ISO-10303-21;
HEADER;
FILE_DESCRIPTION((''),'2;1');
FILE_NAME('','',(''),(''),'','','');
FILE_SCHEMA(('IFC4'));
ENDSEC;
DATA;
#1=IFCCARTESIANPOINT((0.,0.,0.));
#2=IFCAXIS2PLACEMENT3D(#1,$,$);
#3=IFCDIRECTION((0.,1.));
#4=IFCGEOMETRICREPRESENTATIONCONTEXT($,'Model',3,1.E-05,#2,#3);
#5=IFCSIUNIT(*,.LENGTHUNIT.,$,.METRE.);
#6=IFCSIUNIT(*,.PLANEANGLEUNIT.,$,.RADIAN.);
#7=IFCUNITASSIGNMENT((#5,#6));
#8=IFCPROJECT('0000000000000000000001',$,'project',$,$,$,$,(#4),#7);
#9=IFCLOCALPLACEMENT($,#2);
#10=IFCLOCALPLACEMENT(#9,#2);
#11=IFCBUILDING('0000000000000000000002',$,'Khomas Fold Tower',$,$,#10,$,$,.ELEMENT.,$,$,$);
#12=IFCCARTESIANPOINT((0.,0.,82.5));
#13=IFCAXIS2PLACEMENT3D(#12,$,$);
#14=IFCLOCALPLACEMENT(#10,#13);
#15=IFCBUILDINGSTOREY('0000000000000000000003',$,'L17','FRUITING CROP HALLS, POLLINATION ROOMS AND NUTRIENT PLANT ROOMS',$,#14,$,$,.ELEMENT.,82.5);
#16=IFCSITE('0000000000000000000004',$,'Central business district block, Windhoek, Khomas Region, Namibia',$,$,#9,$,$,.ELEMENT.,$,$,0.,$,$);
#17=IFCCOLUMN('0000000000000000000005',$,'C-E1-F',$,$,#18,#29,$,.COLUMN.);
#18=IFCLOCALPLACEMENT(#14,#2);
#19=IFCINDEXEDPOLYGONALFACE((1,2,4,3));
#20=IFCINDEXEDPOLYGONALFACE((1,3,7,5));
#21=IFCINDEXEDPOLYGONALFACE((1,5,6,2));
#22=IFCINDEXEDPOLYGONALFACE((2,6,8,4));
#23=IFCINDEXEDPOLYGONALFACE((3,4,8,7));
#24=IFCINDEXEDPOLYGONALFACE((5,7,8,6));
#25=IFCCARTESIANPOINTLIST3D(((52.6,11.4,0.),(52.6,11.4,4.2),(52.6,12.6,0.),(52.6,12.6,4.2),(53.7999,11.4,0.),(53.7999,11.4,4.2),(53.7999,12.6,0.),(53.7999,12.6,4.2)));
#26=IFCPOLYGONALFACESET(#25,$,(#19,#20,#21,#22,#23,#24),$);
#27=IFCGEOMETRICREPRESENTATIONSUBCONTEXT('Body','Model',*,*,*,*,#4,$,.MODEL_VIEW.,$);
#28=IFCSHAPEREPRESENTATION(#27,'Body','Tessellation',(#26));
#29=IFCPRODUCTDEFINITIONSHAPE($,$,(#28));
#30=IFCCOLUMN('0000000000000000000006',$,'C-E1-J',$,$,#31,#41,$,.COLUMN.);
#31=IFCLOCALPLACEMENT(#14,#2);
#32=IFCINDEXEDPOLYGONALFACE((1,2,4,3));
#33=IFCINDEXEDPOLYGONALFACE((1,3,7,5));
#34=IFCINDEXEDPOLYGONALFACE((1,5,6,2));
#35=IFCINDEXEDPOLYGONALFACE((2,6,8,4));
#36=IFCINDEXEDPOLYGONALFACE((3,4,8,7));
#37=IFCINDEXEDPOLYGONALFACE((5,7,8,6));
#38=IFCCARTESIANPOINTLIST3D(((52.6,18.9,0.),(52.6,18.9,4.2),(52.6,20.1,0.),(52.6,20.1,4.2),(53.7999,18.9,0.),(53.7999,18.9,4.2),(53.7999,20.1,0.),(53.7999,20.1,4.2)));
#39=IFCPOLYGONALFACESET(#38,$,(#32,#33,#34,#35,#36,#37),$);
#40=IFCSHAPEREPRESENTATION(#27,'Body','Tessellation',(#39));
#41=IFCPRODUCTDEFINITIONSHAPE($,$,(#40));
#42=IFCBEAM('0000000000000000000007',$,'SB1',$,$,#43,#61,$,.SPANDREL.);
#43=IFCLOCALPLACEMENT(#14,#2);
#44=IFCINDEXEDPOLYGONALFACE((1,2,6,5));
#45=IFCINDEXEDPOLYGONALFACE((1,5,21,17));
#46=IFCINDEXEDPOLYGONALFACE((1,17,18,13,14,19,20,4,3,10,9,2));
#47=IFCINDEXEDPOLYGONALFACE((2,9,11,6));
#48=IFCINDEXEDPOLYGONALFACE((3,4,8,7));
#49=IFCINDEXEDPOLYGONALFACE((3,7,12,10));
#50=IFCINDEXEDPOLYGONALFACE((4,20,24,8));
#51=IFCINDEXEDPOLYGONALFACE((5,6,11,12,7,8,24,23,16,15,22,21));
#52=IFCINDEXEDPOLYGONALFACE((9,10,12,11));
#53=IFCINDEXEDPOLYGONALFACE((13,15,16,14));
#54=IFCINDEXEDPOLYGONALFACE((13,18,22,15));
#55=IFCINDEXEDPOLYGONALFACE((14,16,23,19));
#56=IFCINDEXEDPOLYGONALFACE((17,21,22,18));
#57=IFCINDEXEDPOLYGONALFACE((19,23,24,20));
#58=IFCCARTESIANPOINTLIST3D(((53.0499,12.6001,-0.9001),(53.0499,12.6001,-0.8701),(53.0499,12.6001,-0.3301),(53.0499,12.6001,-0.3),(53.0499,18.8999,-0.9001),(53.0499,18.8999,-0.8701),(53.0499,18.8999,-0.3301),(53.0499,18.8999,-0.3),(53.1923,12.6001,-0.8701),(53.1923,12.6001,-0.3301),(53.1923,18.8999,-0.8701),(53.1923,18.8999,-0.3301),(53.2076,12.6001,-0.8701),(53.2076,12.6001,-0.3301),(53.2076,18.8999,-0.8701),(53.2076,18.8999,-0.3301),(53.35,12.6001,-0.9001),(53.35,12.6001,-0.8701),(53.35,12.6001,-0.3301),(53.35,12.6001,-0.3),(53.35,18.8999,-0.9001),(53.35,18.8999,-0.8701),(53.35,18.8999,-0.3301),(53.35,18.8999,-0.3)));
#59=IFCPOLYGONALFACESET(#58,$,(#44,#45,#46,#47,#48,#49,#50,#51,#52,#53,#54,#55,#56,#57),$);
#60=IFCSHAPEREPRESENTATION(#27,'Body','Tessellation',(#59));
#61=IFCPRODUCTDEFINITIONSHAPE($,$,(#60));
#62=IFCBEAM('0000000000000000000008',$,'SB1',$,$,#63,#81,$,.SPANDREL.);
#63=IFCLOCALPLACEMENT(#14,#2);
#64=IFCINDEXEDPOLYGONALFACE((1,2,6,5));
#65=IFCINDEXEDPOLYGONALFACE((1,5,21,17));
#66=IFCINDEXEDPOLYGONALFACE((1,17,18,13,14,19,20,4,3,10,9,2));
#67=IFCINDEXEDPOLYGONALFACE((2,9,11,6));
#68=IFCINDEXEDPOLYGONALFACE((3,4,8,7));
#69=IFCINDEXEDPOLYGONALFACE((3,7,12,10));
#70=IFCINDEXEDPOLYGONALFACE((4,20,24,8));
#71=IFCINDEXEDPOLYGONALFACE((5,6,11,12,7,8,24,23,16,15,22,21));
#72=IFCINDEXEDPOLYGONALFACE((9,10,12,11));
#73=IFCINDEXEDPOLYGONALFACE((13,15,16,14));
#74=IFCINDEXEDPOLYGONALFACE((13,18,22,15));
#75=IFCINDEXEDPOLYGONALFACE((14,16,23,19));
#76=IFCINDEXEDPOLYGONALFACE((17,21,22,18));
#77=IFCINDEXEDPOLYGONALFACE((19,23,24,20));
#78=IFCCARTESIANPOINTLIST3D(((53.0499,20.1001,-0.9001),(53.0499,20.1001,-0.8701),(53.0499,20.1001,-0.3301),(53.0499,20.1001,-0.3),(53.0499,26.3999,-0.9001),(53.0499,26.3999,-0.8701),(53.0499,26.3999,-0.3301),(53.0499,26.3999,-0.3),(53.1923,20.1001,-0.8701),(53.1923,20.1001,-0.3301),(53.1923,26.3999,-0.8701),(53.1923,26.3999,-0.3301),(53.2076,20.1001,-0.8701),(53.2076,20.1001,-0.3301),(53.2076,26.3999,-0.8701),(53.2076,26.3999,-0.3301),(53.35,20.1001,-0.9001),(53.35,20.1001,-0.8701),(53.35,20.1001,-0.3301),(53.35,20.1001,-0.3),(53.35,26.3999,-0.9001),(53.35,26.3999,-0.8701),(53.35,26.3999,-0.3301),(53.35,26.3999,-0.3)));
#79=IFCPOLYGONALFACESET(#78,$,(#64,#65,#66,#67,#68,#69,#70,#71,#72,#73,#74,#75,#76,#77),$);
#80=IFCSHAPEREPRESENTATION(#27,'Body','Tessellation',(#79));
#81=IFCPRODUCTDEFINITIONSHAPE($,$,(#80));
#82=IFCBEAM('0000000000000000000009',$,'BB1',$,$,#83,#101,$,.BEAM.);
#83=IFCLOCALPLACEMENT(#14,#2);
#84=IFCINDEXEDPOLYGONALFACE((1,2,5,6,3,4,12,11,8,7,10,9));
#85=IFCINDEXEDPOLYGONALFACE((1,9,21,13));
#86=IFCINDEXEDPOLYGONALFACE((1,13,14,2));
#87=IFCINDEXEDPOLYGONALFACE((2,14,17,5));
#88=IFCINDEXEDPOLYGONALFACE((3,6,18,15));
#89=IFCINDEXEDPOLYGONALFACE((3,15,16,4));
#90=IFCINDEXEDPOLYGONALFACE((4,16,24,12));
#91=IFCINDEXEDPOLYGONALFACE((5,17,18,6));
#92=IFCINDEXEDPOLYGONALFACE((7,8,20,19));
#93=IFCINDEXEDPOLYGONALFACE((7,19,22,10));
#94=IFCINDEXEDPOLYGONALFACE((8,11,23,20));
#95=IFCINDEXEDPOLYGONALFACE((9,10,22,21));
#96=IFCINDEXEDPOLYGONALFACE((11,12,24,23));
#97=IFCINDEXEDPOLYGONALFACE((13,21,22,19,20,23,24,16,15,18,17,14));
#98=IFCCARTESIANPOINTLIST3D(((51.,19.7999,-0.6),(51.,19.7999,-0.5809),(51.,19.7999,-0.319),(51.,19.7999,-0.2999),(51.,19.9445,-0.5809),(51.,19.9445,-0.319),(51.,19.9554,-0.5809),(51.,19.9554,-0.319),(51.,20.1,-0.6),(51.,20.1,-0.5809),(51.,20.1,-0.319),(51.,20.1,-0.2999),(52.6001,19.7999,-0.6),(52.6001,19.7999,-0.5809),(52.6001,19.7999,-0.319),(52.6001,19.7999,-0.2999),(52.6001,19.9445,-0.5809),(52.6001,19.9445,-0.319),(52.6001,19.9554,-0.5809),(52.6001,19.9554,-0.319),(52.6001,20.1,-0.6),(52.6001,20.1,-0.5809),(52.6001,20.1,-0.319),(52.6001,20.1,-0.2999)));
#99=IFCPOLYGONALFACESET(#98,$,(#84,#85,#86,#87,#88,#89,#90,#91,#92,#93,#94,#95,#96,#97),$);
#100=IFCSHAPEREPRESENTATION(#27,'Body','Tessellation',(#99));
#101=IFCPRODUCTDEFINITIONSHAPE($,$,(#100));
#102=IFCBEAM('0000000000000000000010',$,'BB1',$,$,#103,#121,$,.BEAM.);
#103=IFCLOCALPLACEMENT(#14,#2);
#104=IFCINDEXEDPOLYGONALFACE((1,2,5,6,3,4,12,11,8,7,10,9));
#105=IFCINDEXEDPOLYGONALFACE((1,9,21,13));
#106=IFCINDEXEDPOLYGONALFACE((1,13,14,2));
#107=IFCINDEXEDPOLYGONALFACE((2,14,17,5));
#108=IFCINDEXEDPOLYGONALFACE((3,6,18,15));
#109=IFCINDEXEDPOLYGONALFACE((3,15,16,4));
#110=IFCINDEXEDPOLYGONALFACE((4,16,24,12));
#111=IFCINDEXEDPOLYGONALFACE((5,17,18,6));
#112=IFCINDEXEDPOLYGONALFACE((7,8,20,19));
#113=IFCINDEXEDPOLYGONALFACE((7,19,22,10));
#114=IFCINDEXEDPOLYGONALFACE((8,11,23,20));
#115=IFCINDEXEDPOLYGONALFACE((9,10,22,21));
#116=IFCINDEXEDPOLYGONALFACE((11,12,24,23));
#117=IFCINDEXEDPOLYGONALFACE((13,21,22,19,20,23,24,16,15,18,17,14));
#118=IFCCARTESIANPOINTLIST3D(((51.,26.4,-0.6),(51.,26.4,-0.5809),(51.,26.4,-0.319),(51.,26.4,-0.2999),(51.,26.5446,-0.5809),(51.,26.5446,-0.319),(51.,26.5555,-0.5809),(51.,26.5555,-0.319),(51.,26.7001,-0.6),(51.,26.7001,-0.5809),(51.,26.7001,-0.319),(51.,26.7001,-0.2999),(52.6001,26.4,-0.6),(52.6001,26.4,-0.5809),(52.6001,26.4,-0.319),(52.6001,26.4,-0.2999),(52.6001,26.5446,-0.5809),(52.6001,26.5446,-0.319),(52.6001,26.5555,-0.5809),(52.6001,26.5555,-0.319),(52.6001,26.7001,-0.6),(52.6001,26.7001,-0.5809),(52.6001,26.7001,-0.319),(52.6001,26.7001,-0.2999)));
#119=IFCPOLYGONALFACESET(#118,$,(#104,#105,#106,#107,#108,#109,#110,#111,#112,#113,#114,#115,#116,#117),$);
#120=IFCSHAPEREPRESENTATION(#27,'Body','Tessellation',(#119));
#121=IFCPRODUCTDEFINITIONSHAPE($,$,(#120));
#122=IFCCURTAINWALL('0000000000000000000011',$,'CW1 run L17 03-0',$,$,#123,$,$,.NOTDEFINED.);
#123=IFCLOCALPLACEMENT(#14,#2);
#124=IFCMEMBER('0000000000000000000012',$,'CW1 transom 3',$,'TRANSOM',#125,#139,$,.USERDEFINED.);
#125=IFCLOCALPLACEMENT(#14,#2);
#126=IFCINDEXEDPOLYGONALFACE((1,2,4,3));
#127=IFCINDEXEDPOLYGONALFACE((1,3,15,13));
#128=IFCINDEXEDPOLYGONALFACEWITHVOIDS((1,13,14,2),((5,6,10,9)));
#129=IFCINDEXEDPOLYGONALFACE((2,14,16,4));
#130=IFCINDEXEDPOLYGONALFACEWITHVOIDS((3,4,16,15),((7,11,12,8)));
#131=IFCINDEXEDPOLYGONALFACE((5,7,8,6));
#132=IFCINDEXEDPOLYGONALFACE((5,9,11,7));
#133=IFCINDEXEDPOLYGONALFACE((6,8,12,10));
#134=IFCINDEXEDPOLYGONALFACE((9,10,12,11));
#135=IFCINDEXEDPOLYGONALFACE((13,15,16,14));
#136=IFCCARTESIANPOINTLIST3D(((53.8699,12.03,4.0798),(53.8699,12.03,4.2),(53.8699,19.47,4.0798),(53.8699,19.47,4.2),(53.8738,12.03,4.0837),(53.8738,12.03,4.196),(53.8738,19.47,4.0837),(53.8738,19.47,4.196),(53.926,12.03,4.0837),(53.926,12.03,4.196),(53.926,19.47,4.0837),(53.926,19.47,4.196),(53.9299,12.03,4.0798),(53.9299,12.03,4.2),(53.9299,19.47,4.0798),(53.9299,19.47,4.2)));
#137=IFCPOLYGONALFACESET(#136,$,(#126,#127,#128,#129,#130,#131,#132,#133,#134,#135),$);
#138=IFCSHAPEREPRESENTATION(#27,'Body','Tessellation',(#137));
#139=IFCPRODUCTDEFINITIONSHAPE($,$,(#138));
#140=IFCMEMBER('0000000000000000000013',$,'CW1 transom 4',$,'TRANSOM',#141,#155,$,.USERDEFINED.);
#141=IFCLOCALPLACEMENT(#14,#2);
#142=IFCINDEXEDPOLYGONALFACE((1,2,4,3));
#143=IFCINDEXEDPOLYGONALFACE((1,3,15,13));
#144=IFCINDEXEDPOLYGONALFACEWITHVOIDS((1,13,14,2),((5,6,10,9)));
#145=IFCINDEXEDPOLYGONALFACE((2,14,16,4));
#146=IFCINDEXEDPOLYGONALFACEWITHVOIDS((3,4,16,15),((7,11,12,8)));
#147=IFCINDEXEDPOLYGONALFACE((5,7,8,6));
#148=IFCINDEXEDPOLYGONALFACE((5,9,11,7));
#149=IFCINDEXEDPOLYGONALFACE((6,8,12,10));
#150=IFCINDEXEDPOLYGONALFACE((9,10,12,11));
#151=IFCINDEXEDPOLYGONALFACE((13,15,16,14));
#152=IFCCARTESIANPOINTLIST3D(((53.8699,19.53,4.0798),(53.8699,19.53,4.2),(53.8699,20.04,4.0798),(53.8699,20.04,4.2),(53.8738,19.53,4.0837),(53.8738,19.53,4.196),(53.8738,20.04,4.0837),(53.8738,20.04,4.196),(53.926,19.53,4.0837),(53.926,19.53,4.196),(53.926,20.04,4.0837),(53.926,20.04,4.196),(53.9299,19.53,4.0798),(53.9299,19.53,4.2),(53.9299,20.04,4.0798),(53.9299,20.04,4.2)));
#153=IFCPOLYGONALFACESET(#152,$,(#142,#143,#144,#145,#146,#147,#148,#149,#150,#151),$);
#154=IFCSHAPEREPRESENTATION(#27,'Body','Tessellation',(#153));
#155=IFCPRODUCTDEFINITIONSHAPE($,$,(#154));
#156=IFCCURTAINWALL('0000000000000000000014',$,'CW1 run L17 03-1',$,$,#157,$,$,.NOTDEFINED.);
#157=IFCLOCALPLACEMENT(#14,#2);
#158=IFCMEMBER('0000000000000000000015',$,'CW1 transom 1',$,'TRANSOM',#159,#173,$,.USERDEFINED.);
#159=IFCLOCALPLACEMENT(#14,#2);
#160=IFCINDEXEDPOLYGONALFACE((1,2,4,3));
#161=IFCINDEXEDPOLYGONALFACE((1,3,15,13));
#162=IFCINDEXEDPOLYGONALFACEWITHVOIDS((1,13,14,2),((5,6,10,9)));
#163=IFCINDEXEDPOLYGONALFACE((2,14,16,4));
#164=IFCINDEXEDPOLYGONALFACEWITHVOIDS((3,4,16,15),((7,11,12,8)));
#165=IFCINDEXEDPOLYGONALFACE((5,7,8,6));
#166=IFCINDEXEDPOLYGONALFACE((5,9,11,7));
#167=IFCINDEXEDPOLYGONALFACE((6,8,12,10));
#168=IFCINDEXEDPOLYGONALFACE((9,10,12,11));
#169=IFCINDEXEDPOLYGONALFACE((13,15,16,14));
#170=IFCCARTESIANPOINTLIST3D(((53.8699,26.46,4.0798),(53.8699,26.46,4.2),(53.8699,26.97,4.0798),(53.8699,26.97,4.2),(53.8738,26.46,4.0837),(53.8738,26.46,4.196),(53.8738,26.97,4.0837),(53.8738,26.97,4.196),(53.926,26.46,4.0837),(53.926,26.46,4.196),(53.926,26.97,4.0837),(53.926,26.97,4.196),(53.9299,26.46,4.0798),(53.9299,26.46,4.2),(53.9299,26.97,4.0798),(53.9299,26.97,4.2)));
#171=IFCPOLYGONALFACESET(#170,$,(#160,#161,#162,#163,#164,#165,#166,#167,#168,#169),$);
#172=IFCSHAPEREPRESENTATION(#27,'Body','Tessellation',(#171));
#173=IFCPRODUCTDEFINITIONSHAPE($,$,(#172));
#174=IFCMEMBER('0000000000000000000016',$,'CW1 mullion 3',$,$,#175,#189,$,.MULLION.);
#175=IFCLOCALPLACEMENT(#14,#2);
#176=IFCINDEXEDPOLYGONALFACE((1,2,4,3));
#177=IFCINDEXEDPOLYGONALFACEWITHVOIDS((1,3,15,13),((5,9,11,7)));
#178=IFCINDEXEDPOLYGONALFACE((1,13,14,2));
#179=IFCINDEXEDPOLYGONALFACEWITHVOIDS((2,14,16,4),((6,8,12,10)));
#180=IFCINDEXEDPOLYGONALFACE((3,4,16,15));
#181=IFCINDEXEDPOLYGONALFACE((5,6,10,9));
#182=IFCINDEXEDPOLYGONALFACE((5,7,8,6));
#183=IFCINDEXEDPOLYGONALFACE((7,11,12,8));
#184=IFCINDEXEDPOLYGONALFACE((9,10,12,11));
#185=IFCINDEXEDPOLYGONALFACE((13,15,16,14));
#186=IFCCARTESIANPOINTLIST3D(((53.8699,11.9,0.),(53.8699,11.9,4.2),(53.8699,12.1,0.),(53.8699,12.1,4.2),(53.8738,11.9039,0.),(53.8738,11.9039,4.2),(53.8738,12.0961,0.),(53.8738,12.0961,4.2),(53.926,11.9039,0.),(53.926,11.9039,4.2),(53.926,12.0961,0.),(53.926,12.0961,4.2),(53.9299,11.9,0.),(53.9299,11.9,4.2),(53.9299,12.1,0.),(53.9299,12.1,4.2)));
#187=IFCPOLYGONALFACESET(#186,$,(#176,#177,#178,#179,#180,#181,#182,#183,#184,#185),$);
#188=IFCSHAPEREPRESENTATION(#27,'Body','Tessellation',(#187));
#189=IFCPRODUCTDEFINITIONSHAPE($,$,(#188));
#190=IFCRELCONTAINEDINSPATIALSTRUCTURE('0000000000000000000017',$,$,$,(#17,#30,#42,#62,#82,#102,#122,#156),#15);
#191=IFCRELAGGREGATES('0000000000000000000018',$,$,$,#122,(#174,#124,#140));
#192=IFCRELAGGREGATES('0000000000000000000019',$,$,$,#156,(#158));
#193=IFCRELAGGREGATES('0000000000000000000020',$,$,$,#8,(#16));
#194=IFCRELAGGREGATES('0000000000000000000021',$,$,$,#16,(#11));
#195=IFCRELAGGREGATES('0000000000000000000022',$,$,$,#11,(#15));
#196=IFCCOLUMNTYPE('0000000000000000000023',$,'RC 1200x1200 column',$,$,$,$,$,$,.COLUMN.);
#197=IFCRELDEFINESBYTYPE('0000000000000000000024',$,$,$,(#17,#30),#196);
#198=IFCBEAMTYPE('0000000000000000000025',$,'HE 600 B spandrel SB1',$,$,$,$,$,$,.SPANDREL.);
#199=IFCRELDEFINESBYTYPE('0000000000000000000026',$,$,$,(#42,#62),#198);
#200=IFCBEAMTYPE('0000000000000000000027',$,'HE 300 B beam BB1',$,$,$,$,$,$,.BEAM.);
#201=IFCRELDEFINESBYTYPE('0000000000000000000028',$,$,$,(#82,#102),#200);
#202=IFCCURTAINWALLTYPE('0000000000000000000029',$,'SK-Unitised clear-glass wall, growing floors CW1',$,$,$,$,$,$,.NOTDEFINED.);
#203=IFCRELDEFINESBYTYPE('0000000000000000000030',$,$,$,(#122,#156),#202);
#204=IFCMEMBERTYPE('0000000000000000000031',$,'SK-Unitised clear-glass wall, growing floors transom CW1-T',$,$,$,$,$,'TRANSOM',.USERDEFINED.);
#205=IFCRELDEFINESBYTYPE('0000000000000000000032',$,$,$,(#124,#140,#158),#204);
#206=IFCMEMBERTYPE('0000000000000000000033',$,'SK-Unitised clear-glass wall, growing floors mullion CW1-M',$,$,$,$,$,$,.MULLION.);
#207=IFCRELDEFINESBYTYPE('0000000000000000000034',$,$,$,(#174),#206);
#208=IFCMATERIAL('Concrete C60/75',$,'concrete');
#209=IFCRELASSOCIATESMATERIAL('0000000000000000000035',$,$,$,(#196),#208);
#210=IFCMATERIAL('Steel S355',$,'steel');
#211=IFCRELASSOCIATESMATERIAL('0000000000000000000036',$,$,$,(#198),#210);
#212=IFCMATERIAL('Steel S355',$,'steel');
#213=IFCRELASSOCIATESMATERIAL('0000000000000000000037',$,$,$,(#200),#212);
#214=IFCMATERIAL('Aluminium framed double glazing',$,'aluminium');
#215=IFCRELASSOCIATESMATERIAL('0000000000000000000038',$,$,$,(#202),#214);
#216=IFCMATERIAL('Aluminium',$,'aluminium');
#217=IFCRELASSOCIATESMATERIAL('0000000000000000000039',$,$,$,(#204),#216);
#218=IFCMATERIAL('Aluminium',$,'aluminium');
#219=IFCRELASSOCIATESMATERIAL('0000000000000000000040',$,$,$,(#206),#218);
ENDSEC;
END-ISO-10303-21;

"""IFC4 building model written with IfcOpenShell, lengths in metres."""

from ifc_helpers import new_model, si_unit, direction, frame, origin, origin_2d, place, context, subcontext, project, spatial, rectangle, hollow_rectangle, i_section, extrude, source, transform, mapped, material, material_profile, profile_set, type_object, element, aggregate, save


model = new_model("IFC4")

# Units and contexts
model_context = context("Model", 3, precision=1e-05, world=origin(), true_north=direction((0.0, 1.0)))
body_context = subcontext(model_context, "Body", "Model", "MODEL_VIEW")
ifc_project = project(units=[si_unit("LENGTHUNIT", "METRE"), si_unit("PLANEANGLEUNIT", "RADIAN")], contexts=[model_context])

# Site, building, storey
site_placement = place(None, origin())
site = spatial("IfcSite", under=ifc_project, at=site_placement, Name="Central business district block, Windhoek, Khomas Region, Namibia", CompositionType="ELEMENT", RefElevation=0.0)
building_placement = place(site_placement, origin())
building = spatial("IfcBuilding", under=site, at=building_placement, Name="Khomas Fold Tower", CompositionType="ELEMENT")
storey_placement = place(building_placement, frame((0.0, 0.0, 82.5)))
storey = spatial("IfcBuildingStorey", under=building, at=storey_placement, Name="L17", Description="FRUITING CROP HALLS, POLLINATION ROOMS AND NUTRIENT PLANT ROOMS", CompositionType="ELEMENT", Elevation=82.5)

# Columns
ifc_material_1 = material(Name="Concrete C60/75", Category="concrete")
ifc_material_profile_1 = material_profile(ifc_material_1, rectangle(XDim=1.2, YDim=1.2, at=origin_2d()), Name="RC 1200x1200")
ifc_profile_set_1 = profile_set([ifc_material_profile_1], Name="Concrete C60/75")
column_type = type_object("IfcColumnType", Name="RC 1200x1200 column", PredefinedType="COLUMN", material=ifc_profile_set_1)
shared_shape_1 = source(origin(), body_context, "Body", "SweptSolid", [
    extrude(rectangle(XDim=1.2, YDim=1.2, at=origin_2d()), origin(), (0.0, 0.0, 1.0), 4.2),
])
for number, where, z_axis, x_axis, name in (
    (1, (53.2, 12.0, 0.0), (0.0, 0.0, 1.0), (1.0, 0.0, 0.0), "C-E1-F"),
    (2, (53.2, 19.5, 0.0), (0.0, 0.0, 1.0), (1.0, 0.0, 0.0), "C-E1-J"),
):
    element("IfcColumn", number, at=place(storey_placement, frame(where, z_axis=z_axis, x_axis=x_axis)), inside=storey, type_object=column_type, Name=name, PredefinedType="COLUMN", context=body_context, shape_type="MappedRepresentation", body=[
        mapped(shared_shape_1, transform((0.0, 0.0, 0.0))),
    ])

# Beams
ifc_material_2 = material(Name="Steel S355", Category="steel")
ifc_material_profile_2 = material_profile(ifc_material_2, i_section(OverallWidth=0.3, OverallDepth=0.6001, WebThickness=0.0154, FlangeThickness=0.03, at=origin_2d()), Name="HE 600 B")
ifc_profile_set_2 = profile_set([ifc_material_profile_2], Name="Steel S355")
beam_type_1 = type_object("IfcBeamType", Name="HE 600 B spandrel SB1", PredefinedType="SPANDREL", material=ifc_profile_set_2)
shared_shape_2 = source(origin(), body_context, "Body", "SweptSolid", [
    extrude(i_section(OverallWidth=0.3, OverallDepth=0.6001, WebThickness=0.0154, FlangeThickness=0.03, at=origin_2d()), origin(), (0.0, 0.0, 1.0), 6.2998),
])
for number, where, z_axis, x_axis, name in (
    (3, (53.2, 12.6001, -0.6001), (0.0, 1.0, 0.0), (-1.0, 0.0, 0.0), "SB1"),
    (4, (53.2, 20.1001, -0.6001), (0.0, 1.0, 0.0), (-1.0, 0.0, 0.0), "SB1"),
):
    element("IfcBeam", number, at=place(storey_placement, frame(where, z_axis=z_axis, x_axis=x_axis)), inside=storey, type_object=beam_type_1, Name=name, PredefinedType="SPANDREL", context=body_context, shape_type="MappedRepresentation", body=[
        mapped(shared_shape_2, transform((0.0, 0.0, 0.0))),
    ])
ifc_material_3 = material(Name="Steel S355", Category="steel")
ifc_material_profile_3 = material_profile(ifc_material_3, i_section(OverallWidth=0.3, OverallDepth=0.3, WebThickness=0.011, FlangeThickness=0.019, at=origin_2d()), Name="HE 300 B")
ifc_profile_set_3 = profile_set([ifc_material_profile_3], Name="Steel S355")
beam_type_2 = type_object("IfcBeamType", Name="HE 300 B beam BB1", PredefinedType="BEAM", material=ifc_profile_set_3)
shared_shape_3 = source(origin(), body_context, "Body", "SweptSolid", [
    extrude(i_section(OverallWidth=0.3, OverallDepth=0.3, WebThickness=0.011, FlangeThickness=0.019, at=origin_2d()), origin(), (0.0, 0.0, 1.0), 1.6001),
])
for number, where, z_axis, x_axis, name in (
    (5, (51.0, 19.95, -0.45), (1.0, 0.0, 0.0), (0.0, 1.0, 0.0), "BB1"),
    (6, (51.0, 26.55, -0.45), (1.0, 0.0, 0.0), (0.0, 1.0, 0.0), "BB1"),
):
    element("IfcBeam", number, at=place(storey_placement, frame(where, z_axis=z_axis, x_axis=x_axis)), inside=storey, type_object=beam_type_2, Name=name, PredefinedType="BEAM", context=body_context, shape_type="MappedRepresentation", body=[
        mapped(shared_shape_3, transform((0.0, 0.0, 0.0))),
    ])

# Curtain wall, members
ifc_material_4 = material(Name="Aluminium framed double glazing", Category="aluminium")
curtain_wall_type = type_object("IfcCurtainWallType", Name="SK-Unitised clear-glass wall, growing floors CW1", PredefinedType="NOTDEFINED", material=ifc_material_4)
curtain_wall_1_placement = place(storey_placement, origin())
curtain_wall_1 = element("IfcCurtainWall", 7, at=curtain_wall_1_placement, inside=storey, type_object=curtain_wall_type, Name="CW1 run L17 03-0", PredefinedType="NOTDEFINED")
ifc_material_5 = material(Name="Aluminium", Category="aluminium")
ifc_material_profile_4 = material_profile(ifc_material_5, hollow_rectangle(XDim=0.0601, YDim=0.1201, WallThickness=0.0039, at=origin_2d()), Name="SK-Unitised clear-glass wall, growing floors transom CW1-T")
ifc_profile_set_4 = profile_set([ifc_material_profile_4], Name="Aluminium")
member_type_1 = type_object("IfcMemberType", Name="SK-Unitised clear-glass wall, growing floors transom CW1-T", ElementType="TRANSOM", PredefinedType="USERDEFINED", material=ifc_profile_set_4)
shared_shape_4 = source(origin(), body_context, "Body", "SweptSolid", [
    extrude(hollow_rectangle(XDim=0.0601, YDim=0.1201, WallThickness=0.0039, at=origin_2d()), origin(), (0.0, 0.0, 1.0), 7.4399),
])
member_1_placement = place(storey_placement, frame((53.8999, 12.03, 4.1399), z_axis=(0.0, 1.0, 0.0), x_axis=(-1.0, 0.0, 0.0)))
member_1 = element("IfcMember", 8, at=member_1_placement, type_object=member_type_1, Name="CW1 transom 3", ObjectType="TRANSOM", PredefinedType="USERDEFINED", context=body_context, shape_type="MappedRepresentation", body=[
    mapped(shared_shape_4, transform((0.0, 0.0, 0.0))),
])
shared_shape_5 = source(origin(), body_context, "Body", "SweptSolid", [
    extrude(hollow_rectangle(XDim=0.0601, YDim=0.1201, WallThickness=0.0039, at=origin_2d()), origin(), (0.0, 0.0, 1.0), 0.51),
])
member_2_placement = place(storey_placement, frame((53.8999, 19.53, 4.1399), z_axis=(0.0, 1.0, 0.0), x_axis=(-1.0, 0.0, 0.0)))
member_2 = element("IfcMember", 9, at=member_2_placement, type_object=member_type_1, Name="CW1 transom 4", ObjectType="TRANSOM", PredefinedType="USERDEFINED", context=body_context, shape_type="MappedRepresentation", body=[
    mapped(shared_shape_5, transform((0.0, 0.0, 0.0))),
])

# Curtain wall, member
curtain_wall_2_placement = place(storey_placement, origin())
curtain_wall_2 = element("IfcCurtainWall", 10, at=curtain_wall_2_placement, inside=storey, type_object=curtain_wall_type, Name="CW1 run L17 03-1", PredefinedType="NOTDEFINED")
member_3_placement = place(storey_placement, frame((53.8999, 26.46, 4.1399), z_axis=(0.0, 1.0, 0.0), x_axis=(-1.0, 0.0, 0.0)))
member_3 = element("IfcMember", 11, at=member_3_placement, type_object=member_type_1, Name="CW1 transom 1", ObjectType="TRANSOM", PredefinedType="USERDEFINED", context=body_context, shape_type="MappedRepresentation", body=[
    mapped(shared_shape_5, transform((0.0, 0.0, 0.0))),
])

# Member
ifc_material_6 = material(Name="Aluminium", Category="aluminium")
ifc_material_profile_5 = material_profile(ifc_material_6, hollow_rectangle(XDim=0.0601, YDim=0.2, WallThickness=0.0039, at=origin_2d()), Name="SK-Unitised clear-glass wall, growing floors mullion CW1-M")
ifc_profile_set_5 = profile_set([ifc_material_profile_5], Name="Aluminium")
member_type_2 = type_object("IfcMemberType", Name="SK-Unitised clear-glass wall, growing floors mullion CW1-M", PredefinedType="MULLION", material=ifc_profile_set_5)
shared_shape_6 = source(origin(), body_context, "Body", "SweptSolid", [
    extrude(hollow_rectangle(XDim=0.0601, YDim=0.2, WallThickness=0.0039, at=origin_2d()), origin(), (0.0, 0.0, 1.0), 4.2),
])
member_4_placement = place(storey_placement, frame((53.8999, 12.0, 0.0), z_axis=(0.0, 0.0, 1.0), x_axis=(-1.0, 0.0, 0.0)))
member_4 = element("IfcMember", 12, at=member_4_placement, type_object=member_type_2, Name="CW1 mullion 3", PredefinedType="MULLION", context=body_context, shape_type="MappedRepresentation", body=[
    mapped(shared_shape_6, transform((0.0, 0.0, 0.0))),
])

aggregate(curtain_wall_1, [member_4, member_1, member_2])
aggregate(curtain_wall_2, [member_3])

save(model, "model.ifc")
